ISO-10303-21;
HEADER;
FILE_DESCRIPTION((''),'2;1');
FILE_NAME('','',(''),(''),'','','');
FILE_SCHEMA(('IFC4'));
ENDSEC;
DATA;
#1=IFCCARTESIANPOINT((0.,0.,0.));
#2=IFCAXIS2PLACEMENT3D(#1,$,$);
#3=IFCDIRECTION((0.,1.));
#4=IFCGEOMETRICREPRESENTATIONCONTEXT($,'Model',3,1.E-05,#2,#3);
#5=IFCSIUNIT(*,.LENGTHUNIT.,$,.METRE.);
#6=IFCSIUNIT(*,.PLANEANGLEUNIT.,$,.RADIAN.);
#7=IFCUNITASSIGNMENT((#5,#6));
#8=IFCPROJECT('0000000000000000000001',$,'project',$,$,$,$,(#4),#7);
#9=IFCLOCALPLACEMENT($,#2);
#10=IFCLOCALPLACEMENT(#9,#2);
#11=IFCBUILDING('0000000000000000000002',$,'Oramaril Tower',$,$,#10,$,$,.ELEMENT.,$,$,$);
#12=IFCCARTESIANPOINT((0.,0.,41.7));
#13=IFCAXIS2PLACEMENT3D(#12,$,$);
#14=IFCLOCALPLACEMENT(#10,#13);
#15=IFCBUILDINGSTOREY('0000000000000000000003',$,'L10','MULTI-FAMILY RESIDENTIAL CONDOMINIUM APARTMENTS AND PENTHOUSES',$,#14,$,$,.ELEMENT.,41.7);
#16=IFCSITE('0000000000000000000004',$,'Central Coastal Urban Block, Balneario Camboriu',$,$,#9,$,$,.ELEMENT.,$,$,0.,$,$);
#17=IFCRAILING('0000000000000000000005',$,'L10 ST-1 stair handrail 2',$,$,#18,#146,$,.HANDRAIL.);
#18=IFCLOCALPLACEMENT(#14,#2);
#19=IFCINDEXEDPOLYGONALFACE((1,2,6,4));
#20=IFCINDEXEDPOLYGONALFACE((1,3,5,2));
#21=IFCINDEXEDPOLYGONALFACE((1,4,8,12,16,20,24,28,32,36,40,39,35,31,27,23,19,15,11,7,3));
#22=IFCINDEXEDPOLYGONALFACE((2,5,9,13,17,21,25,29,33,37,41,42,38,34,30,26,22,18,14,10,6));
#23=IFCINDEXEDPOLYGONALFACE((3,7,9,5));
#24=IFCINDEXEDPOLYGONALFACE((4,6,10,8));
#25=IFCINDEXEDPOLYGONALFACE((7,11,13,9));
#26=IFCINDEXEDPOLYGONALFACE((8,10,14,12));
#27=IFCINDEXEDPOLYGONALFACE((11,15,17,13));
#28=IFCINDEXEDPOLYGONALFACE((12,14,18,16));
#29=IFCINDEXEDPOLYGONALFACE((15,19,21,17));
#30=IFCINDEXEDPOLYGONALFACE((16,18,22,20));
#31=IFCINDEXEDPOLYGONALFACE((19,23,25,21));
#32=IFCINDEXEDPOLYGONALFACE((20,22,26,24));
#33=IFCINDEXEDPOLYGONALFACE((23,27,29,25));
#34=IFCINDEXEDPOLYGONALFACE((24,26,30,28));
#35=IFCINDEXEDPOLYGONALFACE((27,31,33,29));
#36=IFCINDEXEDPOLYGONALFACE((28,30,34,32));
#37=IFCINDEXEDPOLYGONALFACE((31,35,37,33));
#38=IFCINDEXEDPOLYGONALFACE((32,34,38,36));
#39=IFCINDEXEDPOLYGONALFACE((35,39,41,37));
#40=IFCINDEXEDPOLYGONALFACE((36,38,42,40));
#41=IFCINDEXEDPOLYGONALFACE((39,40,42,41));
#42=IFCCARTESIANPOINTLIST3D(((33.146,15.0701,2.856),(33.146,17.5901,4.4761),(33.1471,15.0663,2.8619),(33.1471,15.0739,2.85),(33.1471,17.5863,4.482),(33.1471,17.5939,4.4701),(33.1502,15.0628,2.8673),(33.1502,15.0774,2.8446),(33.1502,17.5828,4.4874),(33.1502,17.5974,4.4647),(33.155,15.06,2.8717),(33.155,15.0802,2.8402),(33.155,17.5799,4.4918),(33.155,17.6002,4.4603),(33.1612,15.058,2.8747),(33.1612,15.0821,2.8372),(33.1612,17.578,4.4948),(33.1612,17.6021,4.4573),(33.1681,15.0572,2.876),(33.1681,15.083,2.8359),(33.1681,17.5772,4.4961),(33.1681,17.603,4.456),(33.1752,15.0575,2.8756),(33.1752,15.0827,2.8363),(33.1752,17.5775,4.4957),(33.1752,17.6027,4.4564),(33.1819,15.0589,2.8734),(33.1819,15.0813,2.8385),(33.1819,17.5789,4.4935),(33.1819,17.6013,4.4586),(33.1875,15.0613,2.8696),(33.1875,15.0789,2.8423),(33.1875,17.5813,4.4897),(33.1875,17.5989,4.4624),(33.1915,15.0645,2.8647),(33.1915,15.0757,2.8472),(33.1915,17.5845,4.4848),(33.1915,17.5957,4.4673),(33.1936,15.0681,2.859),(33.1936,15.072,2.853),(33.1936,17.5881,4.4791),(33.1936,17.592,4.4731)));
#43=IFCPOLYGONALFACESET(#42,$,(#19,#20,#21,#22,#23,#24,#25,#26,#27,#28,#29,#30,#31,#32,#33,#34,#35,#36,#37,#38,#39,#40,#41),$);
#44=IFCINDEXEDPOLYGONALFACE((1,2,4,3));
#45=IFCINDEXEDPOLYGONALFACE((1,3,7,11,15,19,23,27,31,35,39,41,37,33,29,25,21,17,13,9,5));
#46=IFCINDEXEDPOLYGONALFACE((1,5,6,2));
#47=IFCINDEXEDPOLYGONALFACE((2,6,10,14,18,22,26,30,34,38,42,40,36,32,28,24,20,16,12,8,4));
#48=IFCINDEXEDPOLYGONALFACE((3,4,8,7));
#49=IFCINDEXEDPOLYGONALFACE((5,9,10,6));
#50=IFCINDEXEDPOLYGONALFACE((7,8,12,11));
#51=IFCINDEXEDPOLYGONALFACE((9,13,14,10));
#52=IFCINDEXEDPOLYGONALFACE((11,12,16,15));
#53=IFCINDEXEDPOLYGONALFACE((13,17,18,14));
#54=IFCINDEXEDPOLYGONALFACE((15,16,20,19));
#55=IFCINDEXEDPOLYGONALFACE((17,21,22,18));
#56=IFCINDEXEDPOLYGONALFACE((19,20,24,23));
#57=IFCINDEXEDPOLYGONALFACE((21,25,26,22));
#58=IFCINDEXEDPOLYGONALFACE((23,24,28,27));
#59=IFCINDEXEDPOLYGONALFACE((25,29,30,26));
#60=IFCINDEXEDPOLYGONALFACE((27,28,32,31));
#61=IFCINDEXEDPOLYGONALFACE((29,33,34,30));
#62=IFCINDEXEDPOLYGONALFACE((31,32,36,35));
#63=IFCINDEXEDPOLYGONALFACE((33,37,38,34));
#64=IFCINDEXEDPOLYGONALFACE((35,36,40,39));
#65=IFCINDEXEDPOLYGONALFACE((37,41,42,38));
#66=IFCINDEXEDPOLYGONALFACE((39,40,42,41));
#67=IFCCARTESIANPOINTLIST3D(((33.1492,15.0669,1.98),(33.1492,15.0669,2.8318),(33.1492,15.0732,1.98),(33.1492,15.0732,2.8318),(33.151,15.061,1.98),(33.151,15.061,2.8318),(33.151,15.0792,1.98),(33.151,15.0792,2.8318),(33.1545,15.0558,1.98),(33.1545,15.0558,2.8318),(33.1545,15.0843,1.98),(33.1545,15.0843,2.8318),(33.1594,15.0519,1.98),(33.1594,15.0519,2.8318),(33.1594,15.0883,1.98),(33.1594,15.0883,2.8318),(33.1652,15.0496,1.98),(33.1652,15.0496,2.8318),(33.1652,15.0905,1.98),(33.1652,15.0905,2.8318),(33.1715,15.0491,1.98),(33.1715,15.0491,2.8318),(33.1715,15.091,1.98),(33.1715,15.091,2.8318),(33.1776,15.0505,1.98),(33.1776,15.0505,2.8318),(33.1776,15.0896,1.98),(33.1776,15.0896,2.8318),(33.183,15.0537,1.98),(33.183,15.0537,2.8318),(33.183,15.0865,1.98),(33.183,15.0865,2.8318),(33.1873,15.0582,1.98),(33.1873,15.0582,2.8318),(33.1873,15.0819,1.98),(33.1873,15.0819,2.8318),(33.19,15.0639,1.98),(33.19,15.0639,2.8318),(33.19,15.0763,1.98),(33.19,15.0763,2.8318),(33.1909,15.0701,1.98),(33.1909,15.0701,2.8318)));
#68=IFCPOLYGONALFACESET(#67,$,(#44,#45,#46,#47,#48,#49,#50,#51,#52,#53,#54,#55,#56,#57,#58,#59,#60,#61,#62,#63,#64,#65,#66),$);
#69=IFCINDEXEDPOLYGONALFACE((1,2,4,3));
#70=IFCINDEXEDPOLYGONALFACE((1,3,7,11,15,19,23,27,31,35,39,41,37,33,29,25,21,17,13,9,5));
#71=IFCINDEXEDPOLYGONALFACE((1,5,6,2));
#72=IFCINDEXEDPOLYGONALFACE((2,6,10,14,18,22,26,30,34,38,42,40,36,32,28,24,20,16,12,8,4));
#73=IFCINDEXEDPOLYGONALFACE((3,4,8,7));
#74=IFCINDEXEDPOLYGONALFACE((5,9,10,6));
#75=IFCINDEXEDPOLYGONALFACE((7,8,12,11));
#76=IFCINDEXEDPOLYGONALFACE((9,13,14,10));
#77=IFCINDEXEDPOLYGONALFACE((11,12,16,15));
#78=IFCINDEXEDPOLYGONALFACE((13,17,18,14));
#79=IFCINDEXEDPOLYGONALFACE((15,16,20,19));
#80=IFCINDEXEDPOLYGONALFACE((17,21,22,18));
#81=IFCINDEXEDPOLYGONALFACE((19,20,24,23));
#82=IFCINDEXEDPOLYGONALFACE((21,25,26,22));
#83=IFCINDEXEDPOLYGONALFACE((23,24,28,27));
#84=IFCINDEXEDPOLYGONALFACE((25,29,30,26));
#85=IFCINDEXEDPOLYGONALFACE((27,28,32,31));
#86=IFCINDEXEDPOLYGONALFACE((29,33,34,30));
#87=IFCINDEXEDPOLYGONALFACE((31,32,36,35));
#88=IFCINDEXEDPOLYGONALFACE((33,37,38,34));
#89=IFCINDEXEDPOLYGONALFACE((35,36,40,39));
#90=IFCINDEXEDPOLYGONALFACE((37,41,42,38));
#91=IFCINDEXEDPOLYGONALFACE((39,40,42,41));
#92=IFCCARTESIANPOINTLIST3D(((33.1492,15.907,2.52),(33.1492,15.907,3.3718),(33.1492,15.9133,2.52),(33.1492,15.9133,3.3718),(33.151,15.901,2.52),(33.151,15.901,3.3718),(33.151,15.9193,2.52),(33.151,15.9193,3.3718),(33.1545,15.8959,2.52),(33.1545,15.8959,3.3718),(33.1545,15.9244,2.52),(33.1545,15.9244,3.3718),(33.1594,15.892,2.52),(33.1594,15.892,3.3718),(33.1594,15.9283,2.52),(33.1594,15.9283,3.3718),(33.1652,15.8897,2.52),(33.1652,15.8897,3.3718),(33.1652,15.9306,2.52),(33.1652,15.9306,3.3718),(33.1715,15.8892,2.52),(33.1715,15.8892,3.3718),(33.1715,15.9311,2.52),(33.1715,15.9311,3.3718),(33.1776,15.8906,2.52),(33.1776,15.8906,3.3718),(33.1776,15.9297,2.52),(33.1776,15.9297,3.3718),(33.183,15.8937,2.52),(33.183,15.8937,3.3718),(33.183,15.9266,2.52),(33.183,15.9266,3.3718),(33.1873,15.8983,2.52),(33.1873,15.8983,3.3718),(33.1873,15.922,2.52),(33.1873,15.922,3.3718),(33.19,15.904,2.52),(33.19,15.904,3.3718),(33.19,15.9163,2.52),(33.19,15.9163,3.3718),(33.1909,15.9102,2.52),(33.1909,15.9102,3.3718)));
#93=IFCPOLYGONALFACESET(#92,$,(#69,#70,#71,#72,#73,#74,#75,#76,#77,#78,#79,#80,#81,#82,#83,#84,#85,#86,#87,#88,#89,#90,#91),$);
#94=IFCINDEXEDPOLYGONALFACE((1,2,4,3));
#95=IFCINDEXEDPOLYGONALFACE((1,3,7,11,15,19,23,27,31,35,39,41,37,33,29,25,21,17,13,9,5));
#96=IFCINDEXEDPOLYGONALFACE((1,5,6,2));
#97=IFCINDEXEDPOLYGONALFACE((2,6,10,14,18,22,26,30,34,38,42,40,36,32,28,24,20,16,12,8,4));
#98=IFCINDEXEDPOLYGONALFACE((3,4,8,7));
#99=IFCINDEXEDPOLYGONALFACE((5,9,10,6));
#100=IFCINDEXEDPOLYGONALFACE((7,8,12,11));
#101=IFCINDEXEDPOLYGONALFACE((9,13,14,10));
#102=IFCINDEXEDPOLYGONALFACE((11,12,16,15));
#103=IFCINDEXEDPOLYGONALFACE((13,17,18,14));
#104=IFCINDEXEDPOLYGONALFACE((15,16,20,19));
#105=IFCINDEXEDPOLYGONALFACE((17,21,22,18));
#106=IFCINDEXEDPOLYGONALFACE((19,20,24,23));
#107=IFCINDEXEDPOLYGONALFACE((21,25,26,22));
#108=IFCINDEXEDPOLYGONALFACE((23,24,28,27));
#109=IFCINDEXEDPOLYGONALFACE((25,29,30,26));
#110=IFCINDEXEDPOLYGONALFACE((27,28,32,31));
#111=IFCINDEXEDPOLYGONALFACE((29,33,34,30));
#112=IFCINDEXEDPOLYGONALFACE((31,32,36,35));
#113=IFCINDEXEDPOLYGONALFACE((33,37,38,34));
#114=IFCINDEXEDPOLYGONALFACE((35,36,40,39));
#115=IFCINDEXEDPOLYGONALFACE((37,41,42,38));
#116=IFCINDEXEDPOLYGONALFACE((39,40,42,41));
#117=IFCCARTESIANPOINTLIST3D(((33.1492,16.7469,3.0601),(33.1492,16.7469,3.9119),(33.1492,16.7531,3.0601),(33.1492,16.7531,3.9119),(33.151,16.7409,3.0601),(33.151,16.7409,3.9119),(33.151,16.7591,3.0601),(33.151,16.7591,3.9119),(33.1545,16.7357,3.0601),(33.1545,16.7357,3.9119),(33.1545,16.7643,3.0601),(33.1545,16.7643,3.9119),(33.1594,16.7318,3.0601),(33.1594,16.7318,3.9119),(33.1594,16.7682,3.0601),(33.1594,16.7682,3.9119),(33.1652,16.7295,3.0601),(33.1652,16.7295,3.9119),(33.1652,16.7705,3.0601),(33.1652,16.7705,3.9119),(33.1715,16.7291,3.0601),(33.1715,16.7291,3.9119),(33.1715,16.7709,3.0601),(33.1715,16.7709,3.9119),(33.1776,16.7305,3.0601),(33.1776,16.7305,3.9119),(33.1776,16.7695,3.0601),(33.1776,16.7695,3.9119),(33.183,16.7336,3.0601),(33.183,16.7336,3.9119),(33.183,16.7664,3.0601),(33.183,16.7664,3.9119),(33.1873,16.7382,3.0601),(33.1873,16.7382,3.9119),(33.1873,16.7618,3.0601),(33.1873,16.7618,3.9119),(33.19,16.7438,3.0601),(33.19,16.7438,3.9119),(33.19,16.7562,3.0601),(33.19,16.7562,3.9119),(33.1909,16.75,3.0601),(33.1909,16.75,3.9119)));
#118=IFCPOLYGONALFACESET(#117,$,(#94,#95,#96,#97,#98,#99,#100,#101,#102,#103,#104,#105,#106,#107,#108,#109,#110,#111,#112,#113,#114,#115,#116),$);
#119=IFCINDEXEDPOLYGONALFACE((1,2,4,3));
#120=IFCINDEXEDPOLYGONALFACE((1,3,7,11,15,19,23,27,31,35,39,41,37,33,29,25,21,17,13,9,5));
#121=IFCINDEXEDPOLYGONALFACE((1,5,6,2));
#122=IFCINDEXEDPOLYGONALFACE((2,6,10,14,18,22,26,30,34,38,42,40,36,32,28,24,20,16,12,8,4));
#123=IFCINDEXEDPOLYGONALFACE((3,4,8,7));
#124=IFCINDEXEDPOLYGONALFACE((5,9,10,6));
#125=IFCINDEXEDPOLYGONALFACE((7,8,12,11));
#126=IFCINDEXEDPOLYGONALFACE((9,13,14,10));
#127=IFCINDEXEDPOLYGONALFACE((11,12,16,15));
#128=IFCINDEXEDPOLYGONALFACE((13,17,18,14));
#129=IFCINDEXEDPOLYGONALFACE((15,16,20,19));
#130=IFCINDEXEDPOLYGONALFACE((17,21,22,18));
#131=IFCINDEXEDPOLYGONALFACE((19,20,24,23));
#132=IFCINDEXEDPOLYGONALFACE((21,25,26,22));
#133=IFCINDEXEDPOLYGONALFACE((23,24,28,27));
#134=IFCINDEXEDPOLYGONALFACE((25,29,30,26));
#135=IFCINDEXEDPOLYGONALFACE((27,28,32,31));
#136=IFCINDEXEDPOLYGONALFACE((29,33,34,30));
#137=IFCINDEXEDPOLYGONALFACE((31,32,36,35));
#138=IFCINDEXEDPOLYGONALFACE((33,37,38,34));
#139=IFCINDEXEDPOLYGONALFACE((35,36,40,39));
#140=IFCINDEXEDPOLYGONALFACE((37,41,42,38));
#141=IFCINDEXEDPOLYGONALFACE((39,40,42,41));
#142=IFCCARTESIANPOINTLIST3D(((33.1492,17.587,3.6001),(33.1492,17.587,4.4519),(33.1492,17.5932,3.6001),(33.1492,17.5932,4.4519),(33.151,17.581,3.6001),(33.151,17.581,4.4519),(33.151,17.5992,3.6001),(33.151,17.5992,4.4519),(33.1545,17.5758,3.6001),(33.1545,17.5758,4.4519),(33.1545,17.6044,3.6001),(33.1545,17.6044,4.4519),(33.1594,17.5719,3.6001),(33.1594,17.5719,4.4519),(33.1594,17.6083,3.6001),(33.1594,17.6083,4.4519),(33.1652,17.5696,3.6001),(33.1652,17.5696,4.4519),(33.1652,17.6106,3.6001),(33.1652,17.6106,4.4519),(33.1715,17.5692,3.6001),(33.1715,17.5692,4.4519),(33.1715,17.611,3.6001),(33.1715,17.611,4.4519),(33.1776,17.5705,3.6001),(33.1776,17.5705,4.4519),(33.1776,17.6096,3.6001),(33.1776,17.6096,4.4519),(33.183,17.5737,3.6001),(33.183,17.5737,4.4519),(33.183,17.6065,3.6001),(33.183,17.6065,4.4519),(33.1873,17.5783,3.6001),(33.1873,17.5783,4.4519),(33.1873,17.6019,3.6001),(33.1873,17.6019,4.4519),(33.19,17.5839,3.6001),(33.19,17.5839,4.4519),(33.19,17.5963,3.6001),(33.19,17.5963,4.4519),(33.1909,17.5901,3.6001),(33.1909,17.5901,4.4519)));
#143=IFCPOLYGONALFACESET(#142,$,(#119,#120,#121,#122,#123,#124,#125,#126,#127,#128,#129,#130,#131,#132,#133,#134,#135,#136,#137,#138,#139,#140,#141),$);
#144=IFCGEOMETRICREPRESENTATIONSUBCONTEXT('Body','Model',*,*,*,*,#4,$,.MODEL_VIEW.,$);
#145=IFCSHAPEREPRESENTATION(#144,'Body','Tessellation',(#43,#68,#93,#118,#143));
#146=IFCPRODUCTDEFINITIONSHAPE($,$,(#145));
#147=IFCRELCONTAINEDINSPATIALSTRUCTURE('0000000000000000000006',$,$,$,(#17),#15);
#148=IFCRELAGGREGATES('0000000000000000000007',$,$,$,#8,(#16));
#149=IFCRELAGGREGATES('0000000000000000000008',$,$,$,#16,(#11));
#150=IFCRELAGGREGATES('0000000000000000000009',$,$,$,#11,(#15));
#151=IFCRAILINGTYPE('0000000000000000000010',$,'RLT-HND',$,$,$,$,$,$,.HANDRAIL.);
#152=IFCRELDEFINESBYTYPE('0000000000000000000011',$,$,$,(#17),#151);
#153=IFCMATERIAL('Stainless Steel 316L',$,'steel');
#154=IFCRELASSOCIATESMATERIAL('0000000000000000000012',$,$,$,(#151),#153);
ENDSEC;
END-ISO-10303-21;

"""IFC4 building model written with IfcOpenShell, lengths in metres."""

from ifc_helpers import new_model, si_unit, direction, frame, origin, origin_2d, place, context, subcontext, project, spatial, circle, extrude, material, type_object, element, save


model = new_model("IFC4")

# Units and contexts
model_context = context("Model", 3, precision=1e-05, world=origin(), true_north=direction((0.0, 1.0)))
body_context = subcontext(model_context, "Body", "Model", "MODEL_VIEW")
ifc_project = project(units=[si_unit("LENGTHUNIT", "METRE"), si_unit("PLANEANGLEUNIT", "RADIAN")], contexts=[model_context])

# Site, building, storey
site_placement = place(None, origin())
site = spatial("IfcSite", under=ifc_project, at=site_placement, Name="Central Coastal Urban Block, Balneario Camboriu", CompositionType="ELEMENT", RefElevation=0.0)
building_placement = place(site_placement, origin())
building = spatial("IfcBuilding", under=site, at=building_placement, Name="Oramaril Tower", CompositionType="ELEMENT")
storey_placement = place(building_placement, frame((0.0, 0.0, 41.7)))
storey = spatial("IfcBuildingStorey", under=building, at=storey_placement, Name="L10", Description="MULTI-FAMILY RESIDENTIAL CONDOMINIUM APARTMENTS AND PENTHOUSES", CompositionType="ELEMENT", Elevation=41.7)

# Railing
ifc_material_1 = material(Name="Stainless Steel 316L", Category="steel")
railing_type_1 = type_object("IfcRailingType", Name="RLT-HND", PredefinedType="HANDRAIL", material=ifc_material_1)
for number, where, name in (
    (1, (33.1699, 15.0701, 1.98), "L10 ST-1 stair handrail 2"),
):
    element("IfcRailing", number, at=place(storey_placement, frame(where)), inside=storey, type_object=railing_type_1, Name=name, PredefinedType="HANDRAIL", context=body_context, shape_type="SweptSolid", body=[
        extrude(circle(Radius=0.0239, at=origin_2d()), frame((0.0, 0.0, 0.876), z_axis=(0.0, 0.841163, 0.540782), x_axis=(-1.0, 0.0, 0.0)), (0.0, 0.0, 1.0), 2.9958),
        extrude(circle(Radius=0.021, at=origin_2d()), origin(), (0.0, 0.0, 1.0), 0.8518),
        extrude(circle(Radius=0.021, at=origin_2d()), frame((0.0, 0.8401, 0.54)), (0.0, 0.0, 1.0), 0.8518),
        extrude(circle(Radius=0.021, at=origin_2d()), frame((0.0, 1.6799, 1.0801)), (0.0, 0.0, 1.0), 0.8518),
        extrude(circle(Radius=0.021, at=origin_2d()), frame((0.0, 2.52, 1.6201)), (0.0, 0.0, 1.0), 0.8518),
    ])

save(model, "model.ifc")
